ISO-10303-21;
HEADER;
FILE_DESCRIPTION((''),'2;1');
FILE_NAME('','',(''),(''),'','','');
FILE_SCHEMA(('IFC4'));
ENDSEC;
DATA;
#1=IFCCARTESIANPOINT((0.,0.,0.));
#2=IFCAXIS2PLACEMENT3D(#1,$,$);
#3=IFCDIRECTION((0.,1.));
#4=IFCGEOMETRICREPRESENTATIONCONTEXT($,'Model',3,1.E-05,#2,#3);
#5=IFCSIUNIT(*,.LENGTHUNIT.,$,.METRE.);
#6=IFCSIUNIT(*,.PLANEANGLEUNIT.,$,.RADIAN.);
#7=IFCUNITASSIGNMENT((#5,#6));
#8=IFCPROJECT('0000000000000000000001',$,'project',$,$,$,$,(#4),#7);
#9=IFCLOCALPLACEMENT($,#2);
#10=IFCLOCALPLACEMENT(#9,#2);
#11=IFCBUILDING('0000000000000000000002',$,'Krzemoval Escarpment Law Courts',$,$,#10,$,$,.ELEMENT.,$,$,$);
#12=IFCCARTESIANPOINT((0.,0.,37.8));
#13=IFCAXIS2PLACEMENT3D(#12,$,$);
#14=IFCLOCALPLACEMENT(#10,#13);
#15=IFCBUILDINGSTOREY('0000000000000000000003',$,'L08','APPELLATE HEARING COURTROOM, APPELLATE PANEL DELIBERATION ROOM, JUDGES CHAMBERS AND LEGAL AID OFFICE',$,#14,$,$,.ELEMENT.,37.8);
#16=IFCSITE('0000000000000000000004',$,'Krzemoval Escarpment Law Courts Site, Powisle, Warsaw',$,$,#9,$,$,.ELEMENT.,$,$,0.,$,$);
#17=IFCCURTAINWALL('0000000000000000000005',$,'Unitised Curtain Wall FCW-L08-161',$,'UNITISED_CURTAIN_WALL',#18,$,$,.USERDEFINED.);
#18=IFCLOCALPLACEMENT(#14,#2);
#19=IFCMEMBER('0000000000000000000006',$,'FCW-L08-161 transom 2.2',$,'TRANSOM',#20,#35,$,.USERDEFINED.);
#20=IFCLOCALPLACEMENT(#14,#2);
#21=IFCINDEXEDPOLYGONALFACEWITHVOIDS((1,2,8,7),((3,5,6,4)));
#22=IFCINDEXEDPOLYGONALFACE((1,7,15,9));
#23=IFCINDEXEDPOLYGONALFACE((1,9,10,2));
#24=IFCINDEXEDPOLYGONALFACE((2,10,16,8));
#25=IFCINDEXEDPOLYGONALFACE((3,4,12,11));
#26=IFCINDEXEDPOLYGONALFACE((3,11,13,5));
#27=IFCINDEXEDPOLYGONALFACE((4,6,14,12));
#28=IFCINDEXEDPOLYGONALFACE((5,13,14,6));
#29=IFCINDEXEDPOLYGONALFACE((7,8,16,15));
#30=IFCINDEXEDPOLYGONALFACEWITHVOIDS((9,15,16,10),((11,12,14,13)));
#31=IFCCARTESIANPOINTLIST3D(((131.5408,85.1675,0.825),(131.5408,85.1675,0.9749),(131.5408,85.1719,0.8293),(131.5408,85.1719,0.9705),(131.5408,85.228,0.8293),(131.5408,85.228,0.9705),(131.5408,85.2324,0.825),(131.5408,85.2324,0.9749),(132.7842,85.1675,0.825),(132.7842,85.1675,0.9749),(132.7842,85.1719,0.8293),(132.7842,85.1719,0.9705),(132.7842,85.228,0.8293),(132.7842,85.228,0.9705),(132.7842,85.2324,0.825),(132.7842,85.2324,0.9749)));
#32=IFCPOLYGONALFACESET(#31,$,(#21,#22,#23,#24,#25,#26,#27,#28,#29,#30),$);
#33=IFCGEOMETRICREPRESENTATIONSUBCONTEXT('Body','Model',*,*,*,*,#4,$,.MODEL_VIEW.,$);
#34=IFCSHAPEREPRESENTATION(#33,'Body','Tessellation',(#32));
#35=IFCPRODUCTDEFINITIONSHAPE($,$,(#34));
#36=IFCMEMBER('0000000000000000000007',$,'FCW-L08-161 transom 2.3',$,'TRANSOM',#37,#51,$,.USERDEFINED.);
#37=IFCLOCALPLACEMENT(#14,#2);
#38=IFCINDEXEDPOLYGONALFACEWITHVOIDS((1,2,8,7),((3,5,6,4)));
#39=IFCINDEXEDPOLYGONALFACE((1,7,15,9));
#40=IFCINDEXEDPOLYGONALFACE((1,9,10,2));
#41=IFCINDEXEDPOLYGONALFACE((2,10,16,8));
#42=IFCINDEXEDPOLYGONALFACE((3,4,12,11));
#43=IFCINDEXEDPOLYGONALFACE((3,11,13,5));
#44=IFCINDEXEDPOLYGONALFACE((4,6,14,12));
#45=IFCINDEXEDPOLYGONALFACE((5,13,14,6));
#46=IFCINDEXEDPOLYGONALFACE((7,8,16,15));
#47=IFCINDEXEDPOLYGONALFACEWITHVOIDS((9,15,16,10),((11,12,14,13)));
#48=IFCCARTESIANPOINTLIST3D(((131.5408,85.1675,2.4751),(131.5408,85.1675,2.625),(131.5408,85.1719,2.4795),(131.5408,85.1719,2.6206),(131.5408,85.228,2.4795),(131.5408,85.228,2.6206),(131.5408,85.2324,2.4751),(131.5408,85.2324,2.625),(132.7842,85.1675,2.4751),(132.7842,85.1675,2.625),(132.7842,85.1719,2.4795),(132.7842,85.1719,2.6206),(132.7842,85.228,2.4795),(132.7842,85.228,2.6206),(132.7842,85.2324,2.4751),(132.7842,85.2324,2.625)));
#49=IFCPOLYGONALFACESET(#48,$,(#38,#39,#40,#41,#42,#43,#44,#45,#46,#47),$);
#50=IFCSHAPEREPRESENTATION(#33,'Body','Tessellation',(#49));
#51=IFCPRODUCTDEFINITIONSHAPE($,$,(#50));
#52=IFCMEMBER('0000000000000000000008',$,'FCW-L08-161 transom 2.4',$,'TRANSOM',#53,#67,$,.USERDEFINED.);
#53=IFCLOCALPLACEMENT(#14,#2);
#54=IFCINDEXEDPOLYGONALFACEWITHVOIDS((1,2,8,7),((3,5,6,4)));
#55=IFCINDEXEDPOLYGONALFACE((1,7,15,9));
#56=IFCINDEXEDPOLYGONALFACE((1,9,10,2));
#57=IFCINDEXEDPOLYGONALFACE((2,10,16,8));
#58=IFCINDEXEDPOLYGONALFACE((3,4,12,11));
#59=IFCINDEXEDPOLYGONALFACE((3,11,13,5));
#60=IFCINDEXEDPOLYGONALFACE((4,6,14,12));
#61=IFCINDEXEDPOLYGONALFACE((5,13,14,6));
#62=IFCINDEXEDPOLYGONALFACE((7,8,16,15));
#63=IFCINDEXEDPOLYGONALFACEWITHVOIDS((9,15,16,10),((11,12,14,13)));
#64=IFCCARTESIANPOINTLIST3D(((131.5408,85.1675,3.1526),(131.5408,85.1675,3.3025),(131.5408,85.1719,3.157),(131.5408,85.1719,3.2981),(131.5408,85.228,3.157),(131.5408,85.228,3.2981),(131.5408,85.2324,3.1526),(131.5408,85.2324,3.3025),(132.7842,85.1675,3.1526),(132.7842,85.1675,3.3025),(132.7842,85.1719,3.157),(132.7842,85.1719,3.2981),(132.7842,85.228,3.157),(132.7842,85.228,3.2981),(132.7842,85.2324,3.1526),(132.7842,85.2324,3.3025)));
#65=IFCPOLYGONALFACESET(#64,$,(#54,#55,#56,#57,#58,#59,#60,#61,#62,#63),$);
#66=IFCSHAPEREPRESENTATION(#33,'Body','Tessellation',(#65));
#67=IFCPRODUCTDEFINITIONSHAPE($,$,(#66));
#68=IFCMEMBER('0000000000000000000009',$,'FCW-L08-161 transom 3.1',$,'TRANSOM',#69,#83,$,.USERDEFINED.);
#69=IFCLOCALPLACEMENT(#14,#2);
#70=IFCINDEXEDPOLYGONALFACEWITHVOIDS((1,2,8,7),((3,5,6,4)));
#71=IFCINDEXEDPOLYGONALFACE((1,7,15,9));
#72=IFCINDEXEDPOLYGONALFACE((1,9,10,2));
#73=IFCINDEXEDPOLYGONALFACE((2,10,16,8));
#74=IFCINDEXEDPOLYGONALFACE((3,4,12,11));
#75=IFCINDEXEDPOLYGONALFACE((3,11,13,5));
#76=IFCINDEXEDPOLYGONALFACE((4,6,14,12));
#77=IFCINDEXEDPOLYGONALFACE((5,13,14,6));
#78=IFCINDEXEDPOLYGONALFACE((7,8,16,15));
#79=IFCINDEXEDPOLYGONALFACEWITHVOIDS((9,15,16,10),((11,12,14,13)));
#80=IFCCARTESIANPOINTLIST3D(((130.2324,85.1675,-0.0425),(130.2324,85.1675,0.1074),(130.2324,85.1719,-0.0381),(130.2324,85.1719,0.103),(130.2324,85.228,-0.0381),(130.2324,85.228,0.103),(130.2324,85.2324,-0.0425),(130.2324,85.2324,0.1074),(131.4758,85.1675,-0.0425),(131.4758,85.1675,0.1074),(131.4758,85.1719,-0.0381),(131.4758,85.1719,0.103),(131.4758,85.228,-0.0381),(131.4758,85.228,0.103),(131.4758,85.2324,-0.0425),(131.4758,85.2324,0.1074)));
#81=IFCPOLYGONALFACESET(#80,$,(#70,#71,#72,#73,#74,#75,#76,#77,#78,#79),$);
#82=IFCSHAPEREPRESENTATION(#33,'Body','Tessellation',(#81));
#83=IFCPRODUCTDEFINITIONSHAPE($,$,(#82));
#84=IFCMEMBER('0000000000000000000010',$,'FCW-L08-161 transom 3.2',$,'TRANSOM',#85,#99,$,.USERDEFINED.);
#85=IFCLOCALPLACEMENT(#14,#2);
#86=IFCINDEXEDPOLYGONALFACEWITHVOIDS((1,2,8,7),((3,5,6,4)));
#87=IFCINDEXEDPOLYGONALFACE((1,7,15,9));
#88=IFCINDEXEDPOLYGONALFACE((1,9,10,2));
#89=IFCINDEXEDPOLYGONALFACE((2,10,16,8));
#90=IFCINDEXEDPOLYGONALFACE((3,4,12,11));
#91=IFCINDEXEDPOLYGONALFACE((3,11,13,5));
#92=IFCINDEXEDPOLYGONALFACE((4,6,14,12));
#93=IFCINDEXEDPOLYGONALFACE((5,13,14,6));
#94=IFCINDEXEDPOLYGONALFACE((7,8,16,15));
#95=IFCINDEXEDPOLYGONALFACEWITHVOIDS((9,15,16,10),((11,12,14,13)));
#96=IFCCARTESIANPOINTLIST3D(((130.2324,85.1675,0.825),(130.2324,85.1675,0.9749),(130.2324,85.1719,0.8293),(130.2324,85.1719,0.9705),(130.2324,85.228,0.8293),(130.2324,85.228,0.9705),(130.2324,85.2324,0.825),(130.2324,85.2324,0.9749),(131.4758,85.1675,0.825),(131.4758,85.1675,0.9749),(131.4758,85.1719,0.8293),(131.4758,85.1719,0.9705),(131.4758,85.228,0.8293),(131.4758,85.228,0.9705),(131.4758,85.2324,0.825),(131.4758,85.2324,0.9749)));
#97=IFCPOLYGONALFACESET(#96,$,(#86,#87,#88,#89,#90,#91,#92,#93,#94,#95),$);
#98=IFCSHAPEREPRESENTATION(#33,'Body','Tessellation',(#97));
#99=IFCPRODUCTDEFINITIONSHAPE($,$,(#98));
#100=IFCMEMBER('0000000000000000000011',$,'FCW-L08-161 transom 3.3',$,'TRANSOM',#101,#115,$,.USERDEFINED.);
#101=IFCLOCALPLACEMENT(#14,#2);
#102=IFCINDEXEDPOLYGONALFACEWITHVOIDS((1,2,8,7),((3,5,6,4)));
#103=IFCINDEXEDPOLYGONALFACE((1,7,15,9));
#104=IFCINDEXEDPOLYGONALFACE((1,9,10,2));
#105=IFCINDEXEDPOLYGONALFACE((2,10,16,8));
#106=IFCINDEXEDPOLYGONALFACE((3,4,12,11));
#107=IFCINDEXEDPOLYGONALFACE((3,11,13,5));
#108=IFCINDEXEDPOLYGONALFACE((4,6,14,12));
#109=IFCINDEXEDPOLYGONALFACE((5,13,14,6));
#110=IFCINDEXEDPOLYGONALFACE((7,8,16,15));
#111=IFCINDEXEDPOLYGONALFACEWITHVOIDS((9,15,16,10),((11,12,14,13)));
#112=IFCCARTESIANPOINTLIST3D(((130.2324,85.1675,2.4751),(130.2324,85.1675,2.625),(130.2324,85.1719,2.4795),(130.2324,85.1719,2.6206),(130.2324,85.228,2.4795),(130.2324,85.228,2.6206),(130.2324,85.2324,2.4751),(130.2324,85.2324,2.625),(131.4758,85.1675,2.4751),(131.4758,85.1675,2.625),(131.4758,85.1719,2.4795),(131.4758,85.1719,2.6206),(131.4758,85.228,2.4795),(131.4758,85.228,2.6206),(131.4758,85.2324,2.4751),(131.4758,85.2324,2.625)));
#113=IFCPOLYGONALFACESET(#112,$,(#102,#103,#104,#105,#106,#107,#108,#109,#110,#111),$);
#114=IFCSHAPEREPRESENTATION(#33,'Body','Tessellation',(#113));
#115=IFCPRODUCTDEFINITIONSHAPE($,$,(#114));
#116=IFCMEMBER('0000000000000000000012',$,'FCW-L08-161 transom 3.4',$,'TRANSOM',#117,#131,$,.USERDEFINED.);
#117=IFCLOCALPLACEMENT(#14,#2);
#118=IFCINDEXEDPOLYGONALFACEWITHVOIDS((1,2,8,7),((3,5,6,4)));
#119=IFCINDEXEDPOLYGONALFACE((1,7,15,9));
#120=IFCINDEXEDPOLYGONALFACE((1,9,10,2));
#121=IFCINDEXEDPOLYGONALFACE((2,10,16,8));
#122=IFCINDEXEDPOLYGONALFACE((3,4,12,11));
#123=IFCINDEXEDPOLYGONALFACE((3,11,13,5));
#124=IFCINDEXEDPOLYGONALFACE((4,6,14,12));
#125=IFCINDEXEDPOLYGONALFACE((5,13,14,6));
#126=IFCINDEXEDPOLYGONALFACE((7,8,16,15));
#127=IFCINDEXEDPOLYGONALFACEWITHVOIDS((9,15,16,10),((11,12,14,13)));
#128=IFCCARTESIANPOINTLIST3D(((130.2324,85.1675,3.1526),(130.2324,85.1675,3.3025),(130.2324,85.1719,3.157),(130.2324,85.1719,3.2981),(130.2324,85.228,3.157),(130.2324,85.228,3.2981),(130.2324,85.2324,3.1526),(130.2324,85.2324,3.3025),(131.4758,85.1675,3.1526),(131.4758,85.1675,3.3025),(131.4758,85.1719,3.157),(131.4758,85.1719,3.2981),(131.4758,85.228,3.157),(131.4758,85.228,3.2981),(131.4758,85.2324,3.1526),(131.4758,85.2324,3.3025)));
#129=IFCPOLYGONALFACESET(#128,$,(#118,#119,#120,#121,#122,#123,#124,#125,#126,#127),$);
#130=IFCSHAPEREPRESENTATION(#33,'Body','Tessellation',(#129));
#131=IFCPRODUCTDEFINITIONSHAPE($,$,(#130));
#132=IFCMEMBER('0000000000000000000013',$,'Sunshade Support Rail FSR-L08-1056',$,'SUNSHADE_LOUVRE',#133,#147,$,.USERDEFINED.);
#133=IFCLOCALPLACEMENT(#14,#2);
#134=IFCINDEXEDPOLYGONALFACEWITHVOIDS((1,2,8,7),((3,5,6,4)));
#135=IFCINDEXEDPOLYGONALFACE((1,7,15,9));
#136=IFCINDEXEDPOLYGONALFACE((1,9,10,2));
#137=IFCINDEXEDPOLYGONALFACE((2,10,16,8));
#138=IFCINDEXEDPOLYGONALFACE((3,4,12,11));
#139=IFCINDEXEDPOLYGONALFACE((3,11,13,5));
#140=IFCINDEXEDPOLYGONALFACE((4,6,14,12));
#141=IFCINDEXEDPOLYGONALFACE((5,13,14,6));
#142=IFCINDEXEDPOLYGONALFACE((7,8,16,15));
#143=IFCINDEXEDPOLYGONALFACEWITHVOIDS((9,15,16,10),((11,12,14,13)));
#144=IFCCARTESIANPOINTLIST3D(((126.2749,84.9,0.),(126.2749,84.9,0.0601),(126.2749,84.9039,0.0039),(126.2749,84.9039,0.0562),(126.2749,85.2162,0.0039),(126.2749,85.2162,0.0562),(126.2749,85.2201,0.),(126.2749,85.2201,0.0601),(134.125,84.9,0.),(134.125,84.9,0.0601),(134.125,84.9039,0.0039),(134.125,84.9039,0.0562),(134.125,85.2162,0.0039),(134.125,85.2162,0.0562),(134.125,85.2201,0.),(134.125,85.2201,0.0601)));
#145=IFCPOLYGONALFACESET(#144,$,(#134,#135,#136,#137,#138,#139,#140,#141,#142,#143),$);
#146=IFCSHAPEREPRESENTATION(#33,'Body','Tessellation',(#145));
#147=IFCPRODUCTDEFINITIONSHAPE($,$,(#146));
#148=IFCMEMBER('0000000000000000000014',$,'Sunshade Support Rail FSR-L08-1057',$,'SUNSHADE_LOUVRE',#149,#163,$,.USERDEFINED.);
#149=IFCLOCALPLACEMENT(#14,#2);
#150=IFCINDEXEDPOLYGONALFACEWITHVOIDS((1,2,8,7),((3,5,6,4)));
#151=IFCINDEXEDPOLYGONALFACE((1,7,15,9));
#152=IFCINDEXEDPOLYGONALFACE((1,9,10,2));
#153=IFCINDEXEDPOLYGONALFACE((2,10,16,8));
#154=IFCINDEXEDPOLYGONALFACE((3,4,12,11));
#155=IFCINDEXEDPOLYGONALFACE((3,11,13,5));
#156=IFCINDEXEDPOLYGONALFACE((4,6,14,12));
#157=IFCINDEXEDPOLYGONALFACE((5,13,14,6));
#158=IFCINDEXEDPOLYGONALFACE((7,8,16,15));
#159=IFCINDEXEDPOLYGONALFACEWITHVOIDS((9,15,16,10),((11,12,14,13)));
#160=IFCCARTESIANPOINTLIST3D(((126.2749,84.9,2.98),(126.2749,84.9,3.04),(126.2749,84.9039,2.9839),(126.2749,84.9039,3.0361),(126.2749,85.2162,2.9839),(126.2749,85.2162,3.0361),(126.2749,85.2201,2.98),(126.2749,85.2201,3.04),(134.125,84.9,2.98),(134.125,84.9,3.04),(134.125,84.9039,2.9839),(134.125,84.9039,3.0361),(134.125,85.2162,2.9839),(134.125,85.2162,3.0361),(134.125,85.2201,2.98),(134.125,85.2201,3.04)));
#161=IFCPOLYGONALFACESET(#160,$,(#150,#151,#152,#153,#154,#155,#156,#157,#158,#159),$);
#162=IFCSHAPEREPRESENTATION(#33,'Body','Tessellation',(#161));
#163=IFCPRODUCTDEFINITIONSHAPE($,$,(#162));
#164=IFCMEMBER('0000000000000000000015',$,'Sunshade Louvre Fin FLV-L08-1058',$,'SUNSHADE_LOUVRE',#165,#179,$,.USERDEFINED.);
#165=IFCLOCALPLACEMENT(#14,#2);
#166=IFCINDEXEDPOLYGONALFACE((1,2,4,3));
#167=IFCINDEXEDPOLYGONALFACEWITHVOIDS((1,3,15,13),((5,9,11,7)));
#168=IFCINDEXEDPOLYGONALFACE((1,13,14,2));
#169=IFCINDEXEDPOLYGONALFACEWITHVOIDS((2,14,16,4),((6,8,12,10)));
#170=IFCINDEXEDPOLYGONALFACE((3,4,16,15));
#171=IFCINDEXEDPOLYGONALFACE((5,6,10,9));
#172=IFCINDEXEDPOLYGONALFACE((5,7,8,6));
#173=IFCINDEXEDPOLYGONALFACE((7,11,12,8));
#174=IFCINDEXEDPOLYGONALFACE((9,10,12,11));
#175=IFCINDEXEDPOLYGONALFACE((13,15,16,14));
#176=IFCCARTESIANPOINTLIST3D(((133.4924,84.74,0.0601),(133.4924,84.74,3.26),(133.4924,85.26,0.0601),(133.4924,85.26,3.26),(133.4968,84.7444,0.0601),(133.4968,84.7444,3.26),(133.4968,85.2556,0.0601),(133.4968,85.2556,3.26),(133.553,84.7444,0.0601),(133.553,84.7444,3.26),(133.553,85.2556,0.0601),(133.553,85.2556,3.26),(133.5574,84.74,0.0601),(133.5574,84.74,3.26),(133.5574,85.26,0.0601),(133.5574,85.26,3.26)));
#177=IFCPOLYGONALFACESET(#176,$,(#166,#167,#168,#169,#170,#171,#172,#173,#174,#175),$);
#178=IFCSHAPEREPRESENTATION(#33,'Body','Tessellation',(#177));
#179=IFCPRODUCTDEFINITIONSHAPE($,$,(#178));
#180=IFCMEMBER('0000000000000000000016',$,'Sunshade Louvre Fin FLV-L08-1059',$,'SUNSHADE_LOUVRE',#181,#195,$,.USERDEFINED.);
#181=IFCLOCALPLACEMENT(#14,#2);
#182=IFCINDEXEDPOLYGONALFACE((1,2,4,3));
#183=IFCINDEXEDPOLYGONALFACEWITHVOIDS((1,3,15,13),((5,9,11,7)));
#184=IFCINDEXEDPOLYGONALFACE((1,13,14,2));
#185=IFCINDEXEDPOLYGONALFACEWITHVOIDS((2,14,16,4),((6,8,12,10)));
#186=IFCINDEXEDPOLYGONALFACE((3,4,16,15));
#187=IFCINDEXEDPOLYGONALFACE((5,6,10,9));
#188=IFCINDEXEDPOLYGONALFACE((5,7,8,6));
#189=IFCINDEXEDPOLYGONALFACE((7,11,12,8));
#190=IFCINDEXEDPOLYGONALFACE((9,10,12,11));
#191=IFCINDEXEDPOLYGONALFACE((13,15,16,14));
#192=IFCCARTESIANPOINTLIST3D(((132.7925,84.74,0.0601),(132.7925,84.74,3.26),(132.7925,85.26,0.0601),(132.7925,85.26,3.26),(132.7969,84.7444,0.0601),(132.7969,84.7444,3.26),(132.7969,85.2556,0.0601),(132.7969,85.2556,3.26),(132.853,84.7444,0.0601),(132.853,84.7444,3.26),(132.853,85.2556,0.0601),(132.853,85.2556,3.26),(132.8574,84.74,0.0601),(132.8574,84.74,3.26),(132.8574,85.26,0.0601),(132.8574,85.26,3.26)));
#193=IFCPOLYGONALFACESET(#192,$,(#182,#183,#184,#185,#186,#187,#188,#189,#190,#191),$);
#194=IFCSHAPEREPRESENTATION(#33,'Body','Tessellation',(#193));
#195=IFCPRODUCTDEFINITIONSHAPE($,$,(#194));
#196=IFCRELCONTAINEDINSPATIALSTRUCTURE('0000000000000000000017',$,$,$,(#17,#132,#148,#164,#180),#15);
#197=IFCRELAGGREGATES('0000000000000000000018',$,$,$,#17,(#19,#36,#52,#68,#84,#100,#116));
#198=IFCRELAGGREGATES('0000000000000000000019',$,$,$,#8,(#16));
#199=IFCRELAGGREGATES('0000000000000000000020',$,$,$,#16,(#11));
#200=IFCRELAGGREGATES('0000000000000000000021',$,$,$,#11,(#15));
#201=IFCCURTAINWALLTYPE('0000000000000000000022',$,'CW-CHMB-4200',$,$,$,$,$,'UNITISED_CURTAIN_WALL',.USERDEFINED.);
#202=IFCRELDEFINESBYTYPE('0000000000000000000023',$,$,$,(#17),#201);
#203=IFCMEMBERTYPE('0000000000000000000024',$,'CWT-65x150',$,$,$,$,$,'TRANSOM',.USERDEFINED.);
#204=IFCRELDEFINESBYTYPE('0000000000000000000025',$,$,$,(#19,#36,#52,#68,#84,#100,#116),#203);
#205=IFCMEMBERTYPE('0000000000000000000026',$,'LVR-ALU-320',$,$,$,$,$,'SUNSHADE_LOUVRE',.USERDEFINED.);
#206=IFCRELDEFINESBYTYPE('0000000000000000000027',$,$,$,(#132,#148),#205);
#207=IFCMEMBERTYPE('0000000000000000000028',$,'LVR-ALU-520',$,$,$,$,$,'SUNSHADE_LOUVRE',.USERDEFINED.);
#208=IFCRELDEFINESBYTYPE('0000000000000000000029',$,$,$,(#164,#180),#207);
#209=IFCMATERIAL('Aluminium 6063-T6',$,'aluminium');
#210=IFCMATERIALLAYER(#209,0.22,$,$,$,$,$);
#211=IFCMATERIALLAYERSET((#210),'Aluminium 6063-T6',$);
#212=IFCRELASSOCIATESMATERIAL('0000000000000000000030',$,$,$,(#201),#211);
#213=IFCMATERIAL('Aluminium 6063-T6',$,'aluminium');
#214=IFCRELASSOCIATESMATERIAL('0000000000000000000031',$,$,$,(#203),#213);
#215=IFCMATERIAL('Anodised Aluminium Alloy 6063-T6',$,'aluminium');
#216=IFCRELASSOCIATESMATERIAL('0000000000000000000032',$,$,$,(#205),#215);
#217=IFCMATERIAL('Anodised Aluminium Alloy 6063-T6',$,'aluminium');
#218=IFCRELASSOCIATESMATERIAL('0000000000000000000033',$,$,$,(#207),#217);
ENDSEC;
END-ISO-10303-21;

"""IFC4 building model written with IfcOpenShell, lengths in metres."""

from ifc_helpers import new_model, si_unit, direction, frame, origin, origin_2d, place, context, subcontext, project, spatial, hollow_rectangle, extrude, material, layer, layer_set, material_profile, profile_set, type_object, element, aggregate, save


model = new_model("IFC4")

# Units and contexts
model_context = context("Model", 3, precision=1e-05, world=origin(), true_north=direction((0.0, 1.0)))
body_context = subcontext(model_context, "Body", "Model", "MODEL_VIEW")
ifc_project = project(units=[si_unit("LENGTHUNIT", "METRE"), si_unit("PLANEANGLEUNIT", "RADIAN")], contexts=[model_context])

# Site, building, storey
site_placement = place(None, origin())
site = spatial("IfcSite", under=ifc_project, at=site_placement, Name="Krzemoval Escarpment Law Courts Site, Powisle, Warsaw", CompositionType="ELEMENT", RefElevation=0.0)
building_placement = place(site_placement, origin())
building = spatial("IfcBuilding", under=site, at=building_placement, Name="Krzemoval Escarpment Law Courts", CompositionType="ELEMENT")
storey_placement = place(building_placement, frame((0.0, 0.0, 37.8)))
storey = spatial("IfcBuildingStorey", under=building, at=storey_placement, Name="L08", Description="APPELLATE HEARING COURTROOM, APPELLATE PANEL DELIBERATION ROOM, JUDGES CHAMBERS AND LEGAL AID OFFICE", CompositionType="ELEMENT", Elevation=37.8)

# Curtain wall, members
ifc_material_1 = material(Name="Aluminium 6063-T6", Category="aluminium")
ifc_layer_1 = layer(ifc_material_1, 0.22)
ifc_layer_set_1 = layer_set([ifc_layer_1], Name="Aluminium 6063-T6")
curtain_wall_type = type_object("IfcCurtainWallType", Name="CW-CHMB-4200", ElementType="UNITISED_CURTAIN_WALL", PredefinedType="USERDEFINED", material=ifc_layer_set_1)
curtain_wall_placement = place(storey_placement, origin())
curtain_wall = element("IfcCurtainWall", 1, at=curtain_wall_placement, inside=storey, type_object=curtain_wall_type, Name="Unitised Curtain Wall FCW-L08-161", ObjectType="UNITISED_CURTAIN_WALL", PredefinedType="USERDEFINED")
ifc_material_2 = material(Name="Aluminium 6063-T6", Category="aluminium")
ifc_material_profile_1 = material_profile(ifc_material_2, hollow_rectangle(XDim=0.0649, YDim=0.1499, WallThickness=0.0044, at=origin_2d()), Name="ALU T65x150")
ifc_profile_set_1 = profile_set([ifc_material_profile_1], Name="Aluminium 6063-T6")
member_type_1 = type_object("IfcMemberType", Name="CWT-65x150", ElementType="TRANSOM", PredefinedType="USERDEFINED", material=ifc_profile_set_1)
member_1_placement = place(storey_placement, frame((132.7842, 85.2, 0.8999), z_axis=(-1.0, 0.0, 0.0), x_axis=(0.0, -1.0, 0.0)))
member_1 = element("IfcMember", 2, at=member_1_placement, type_object=member_type_1, Name="FCW-L08-161 transom 2.2", ObjectType="TRANSOM", PredefinedType="USERDEFINED", context=body_context, shape_type="SweptSolid", body=[
    extrude(hollow_rectangle(XDim=0.0649, YDim=0.1499, WallThickness=0.0044, at=origin_2d()), origin(), (0.0, 0.0, 1.0), 1.2434),
])
member_2_placement = place(storey_placement, frame((132.7842, 85.2, 2.55), z_axis=(-1.0, 0.0, 0.0), x_axis=(0.0, -1.0, 0.0)))
member_2 = element("IfcMember", 3, at=member_2_placement, type_object=member_type_1, Name="FCW-L08-161 transom 2.3", ObjectType="TRANSOM", PredefinedType="USERDEFINED", context=body_context, shape_type="SweptSolid", body=[
    extrude(hollow_rectangle(XDim=0.0649, YDim=0.1499, WallThickness=0.0044, at=origin_2d()), origin(), (0.0, 0.0, 1.0), 1.2434),
])
member_3_placement = place(storey_placement, frame((132.7842, 85.2, 3.2275), z_axis=(-1.0, 0.0, 0.0), x_axis=(0.0, -1.0, 0.0)))
member_3 = element("IfcMember", 4, at=member_3_placement, type_object=member_type_1, Name="FCW-L08-161 transom 2.4", ObjectType="TRANSOM", PredefinedType="USERDEFINED", context=body_context, shape_type="SweptSolid", body=[
    extrude(hollow_rectangle(XDim=0.0649, YDim=0.1499, WallThickness=0.0044, at=origin_2d()), origin(), (0.0, 0.0, 1.0), 1.2434),
])
member_4_placement = place(storey_placement, frame((131.4758, 85.2, 0.0325), z_axis=(-1.0, 0.0, 0.0), x_axis=(0.0, -1.0, 0.0)))
member_4 = element("IfcMember", 5, at=member_4_placement, type_object=member_type_1, Name="FCW-L08-161 transom 3.1", ObjectType="TRANSOM", PredefinedType="USERDEFINED", context=body_context, shape_type="SweptSolid", body=[
    extrude(hollow_rectangle(XDim=0.0649, YDim=0.1499, WallThickness=0.0044, at=origin_2d()), origin(), (0.0, 0.0, 1.0), 1.2434),
])
member_5_placement = place(storey_placement, frame((131.4758, 85.2, 0.8999), z_axis=(-1.0, 0.0, 0.0), x_axis=(0.0, -1.0, 0.0)))
member_5 = element("IfcMember", 6, at=member_5_placement, type_object=member_type_1, Name="FCW-L08-161 transom 3.2", ObjectType="TRANSOM", PredefinedType="USERDEFINED", context=body_context, shape_type="SweptSolid", body=[
    extrude(hollow_rectangle(XDim=0.0649, YDim=0.1499, WallThickness=0.0044, at=origin_2d()), origin(), (0.0, 0.0, 1.0), 1.2434),
])
member_6_placement = place(storey_placement, frame((131.4758, 85.2, 2.55), z_axis=(-1.0, 0.0, 0.0), x_axis=(0.0, -1.0, 0.0)))
member_6 = element("IfcMember", 7, at=member_6_placement, type_object=member_type_1, Name="FCW-L08-161 transom 3.3", ObjectType="TRANSOM", PredefinedType="USERDEFINED", context=body_context, shape_type="SweptSolid", body=[
    extrude(hollow_rectangle(XDim=0.0649, YDim=0.1499, WallThickness=0.0044, at=origin_2d()), origin(), (0.0, 0.0, 1.0), 1.2434),
])
member_7_placement = place(storey_placement, frame((131.4758, 85.2, 3.2275), z_axis=(-1.0, 0.0, 0.0), x_axis=(0.0, -1.0, 0.0)))
member_7 = element("IfcMember", 8, at=member_7_placement, type_object=member_type_1, Name="FCW-L08-161 transom 3.4", ObjectType="TRANSOM", PredefinedType="USERDEFINED", context=body_context, shape_type="SweptSolid", body=[
    extrude(hollow_rectangle(XDim=0.0649, YDim=0.1499, WallThickness=0.0044, at=origin_2d()), origin(), (0.0, 0.0, 1.0), 1.2434),
])

# Members
ifc_material_3 = material(Name="Anodised Aluminium Alloy 6063-T6", Category="aluminium")
ifc_material_profile_2 = material_profile(ifc_material_3, hollow_rectangle(XDim=0.0601, YDim=0.3201, WallThickness=0.0039, at=origin_2d()), Name="ALU LVR 60x320")
ifc_profile_set_2 = profile_set([ifc_material_profile_2], Name="Anodised Aluminium Alloy 6063-T6")
member_type_2 = type_object("IfcMemberType", Name="LVR-ALU-320", ElementType="SUNSHADE_LOUVRE", PredefinedType="USERDEFINED", material=ifc_profile_set_2)
for number, where, z_axis, x_axis, name in (
    (9, (134.125, 85.0601, 0.03), (-1.0, 0.0, 0.0), (0.0, 0.0, 1.0), "Sunshade Support Rail FSR-L08-1056"),
    (10, (134.125, 85.0601, 3.01), (-1.0, 0.0, 0.0), (0.0, 0.0, 1.0), "Sunshade Support Rail FSR-L08-1057"),
):
    element("IfcMember", number, at=place(storey_placement, frame(where, z_axis=z_axis, x_axis=x_axis)), inside=storey, type_object=member_type_2, Name=name, ObjectType="SUNSHADE_LOUVRE", PredefinedType="USERDEFINED", context=body_context, shape_type="SweptSolid", body=[
        extrude(hollow_rectangle(XDim=0.0601, YDim=0.3201, WallThickness=0.0039, at=origin_2d()), origin(), (0.0, 0.0, 1.0), 7.8501),
    ])
ifc_material_4 = material(Name="Anodised Aluminium Alloy 6063-T6", Category="aluminium")
ifc_material_profile_3 = material_profile(ifc_material_4, hollow_rectangle(XDim=0.0649, YDim=0.52, WallThickness=0.0044, at=origin_2d()), Name="ALU LVR 65x520")
ifc_profile_set_3 = profile_set([ifc_material_profile_3], Name="Anodised Aluminium Alloy 6063-T6")
member_type_3 = type_object("IfcMemberType", Name="LVR-ALU-520", ElementType="SUNSHADE_LOUVRE", PredefinedType="USERDEFINED", material=ifc_profile_set_3)
for number, where, z_axis, x_axis, name in (
    (11, (133.5249, 85.0, 0.0601), (0.0, 0.0, 1.0), (1.0, 0.0, 0.0), "Sunshade Louvre Fin FLV-L08-1058"),
    (12, (132.825, 85.0, 0.0601), (0.0, 0.0, 1.0), (1.0, 0.0, 0.0), "Sunshade Louvre Fin FLV-L08-1059"),
):
    element("IfcMember", number, at=place(storey_placement, frame(where, z_axis=z_axis, x_axis=x_axis)), inside=storey, type_object=member_type_3, Name=name, ObjectType="SUNSHADE_LOUVRE", PredefinedType="USERDEFINED", context=body_context, shape_type="SweptSolid", body=[
        extrude(hollow_rectangle(XDim=0.0649, YDim=0.52, WallThickness=0.0044, at=origin_2d()), origin(), (0.0, 0.0, 1.0), 3.2),
    ])

aggregate(curtain_wall, [member_1, member_2, member_3, member_4, member_5, member_6, member_7])

save(model, "model.ifc")
